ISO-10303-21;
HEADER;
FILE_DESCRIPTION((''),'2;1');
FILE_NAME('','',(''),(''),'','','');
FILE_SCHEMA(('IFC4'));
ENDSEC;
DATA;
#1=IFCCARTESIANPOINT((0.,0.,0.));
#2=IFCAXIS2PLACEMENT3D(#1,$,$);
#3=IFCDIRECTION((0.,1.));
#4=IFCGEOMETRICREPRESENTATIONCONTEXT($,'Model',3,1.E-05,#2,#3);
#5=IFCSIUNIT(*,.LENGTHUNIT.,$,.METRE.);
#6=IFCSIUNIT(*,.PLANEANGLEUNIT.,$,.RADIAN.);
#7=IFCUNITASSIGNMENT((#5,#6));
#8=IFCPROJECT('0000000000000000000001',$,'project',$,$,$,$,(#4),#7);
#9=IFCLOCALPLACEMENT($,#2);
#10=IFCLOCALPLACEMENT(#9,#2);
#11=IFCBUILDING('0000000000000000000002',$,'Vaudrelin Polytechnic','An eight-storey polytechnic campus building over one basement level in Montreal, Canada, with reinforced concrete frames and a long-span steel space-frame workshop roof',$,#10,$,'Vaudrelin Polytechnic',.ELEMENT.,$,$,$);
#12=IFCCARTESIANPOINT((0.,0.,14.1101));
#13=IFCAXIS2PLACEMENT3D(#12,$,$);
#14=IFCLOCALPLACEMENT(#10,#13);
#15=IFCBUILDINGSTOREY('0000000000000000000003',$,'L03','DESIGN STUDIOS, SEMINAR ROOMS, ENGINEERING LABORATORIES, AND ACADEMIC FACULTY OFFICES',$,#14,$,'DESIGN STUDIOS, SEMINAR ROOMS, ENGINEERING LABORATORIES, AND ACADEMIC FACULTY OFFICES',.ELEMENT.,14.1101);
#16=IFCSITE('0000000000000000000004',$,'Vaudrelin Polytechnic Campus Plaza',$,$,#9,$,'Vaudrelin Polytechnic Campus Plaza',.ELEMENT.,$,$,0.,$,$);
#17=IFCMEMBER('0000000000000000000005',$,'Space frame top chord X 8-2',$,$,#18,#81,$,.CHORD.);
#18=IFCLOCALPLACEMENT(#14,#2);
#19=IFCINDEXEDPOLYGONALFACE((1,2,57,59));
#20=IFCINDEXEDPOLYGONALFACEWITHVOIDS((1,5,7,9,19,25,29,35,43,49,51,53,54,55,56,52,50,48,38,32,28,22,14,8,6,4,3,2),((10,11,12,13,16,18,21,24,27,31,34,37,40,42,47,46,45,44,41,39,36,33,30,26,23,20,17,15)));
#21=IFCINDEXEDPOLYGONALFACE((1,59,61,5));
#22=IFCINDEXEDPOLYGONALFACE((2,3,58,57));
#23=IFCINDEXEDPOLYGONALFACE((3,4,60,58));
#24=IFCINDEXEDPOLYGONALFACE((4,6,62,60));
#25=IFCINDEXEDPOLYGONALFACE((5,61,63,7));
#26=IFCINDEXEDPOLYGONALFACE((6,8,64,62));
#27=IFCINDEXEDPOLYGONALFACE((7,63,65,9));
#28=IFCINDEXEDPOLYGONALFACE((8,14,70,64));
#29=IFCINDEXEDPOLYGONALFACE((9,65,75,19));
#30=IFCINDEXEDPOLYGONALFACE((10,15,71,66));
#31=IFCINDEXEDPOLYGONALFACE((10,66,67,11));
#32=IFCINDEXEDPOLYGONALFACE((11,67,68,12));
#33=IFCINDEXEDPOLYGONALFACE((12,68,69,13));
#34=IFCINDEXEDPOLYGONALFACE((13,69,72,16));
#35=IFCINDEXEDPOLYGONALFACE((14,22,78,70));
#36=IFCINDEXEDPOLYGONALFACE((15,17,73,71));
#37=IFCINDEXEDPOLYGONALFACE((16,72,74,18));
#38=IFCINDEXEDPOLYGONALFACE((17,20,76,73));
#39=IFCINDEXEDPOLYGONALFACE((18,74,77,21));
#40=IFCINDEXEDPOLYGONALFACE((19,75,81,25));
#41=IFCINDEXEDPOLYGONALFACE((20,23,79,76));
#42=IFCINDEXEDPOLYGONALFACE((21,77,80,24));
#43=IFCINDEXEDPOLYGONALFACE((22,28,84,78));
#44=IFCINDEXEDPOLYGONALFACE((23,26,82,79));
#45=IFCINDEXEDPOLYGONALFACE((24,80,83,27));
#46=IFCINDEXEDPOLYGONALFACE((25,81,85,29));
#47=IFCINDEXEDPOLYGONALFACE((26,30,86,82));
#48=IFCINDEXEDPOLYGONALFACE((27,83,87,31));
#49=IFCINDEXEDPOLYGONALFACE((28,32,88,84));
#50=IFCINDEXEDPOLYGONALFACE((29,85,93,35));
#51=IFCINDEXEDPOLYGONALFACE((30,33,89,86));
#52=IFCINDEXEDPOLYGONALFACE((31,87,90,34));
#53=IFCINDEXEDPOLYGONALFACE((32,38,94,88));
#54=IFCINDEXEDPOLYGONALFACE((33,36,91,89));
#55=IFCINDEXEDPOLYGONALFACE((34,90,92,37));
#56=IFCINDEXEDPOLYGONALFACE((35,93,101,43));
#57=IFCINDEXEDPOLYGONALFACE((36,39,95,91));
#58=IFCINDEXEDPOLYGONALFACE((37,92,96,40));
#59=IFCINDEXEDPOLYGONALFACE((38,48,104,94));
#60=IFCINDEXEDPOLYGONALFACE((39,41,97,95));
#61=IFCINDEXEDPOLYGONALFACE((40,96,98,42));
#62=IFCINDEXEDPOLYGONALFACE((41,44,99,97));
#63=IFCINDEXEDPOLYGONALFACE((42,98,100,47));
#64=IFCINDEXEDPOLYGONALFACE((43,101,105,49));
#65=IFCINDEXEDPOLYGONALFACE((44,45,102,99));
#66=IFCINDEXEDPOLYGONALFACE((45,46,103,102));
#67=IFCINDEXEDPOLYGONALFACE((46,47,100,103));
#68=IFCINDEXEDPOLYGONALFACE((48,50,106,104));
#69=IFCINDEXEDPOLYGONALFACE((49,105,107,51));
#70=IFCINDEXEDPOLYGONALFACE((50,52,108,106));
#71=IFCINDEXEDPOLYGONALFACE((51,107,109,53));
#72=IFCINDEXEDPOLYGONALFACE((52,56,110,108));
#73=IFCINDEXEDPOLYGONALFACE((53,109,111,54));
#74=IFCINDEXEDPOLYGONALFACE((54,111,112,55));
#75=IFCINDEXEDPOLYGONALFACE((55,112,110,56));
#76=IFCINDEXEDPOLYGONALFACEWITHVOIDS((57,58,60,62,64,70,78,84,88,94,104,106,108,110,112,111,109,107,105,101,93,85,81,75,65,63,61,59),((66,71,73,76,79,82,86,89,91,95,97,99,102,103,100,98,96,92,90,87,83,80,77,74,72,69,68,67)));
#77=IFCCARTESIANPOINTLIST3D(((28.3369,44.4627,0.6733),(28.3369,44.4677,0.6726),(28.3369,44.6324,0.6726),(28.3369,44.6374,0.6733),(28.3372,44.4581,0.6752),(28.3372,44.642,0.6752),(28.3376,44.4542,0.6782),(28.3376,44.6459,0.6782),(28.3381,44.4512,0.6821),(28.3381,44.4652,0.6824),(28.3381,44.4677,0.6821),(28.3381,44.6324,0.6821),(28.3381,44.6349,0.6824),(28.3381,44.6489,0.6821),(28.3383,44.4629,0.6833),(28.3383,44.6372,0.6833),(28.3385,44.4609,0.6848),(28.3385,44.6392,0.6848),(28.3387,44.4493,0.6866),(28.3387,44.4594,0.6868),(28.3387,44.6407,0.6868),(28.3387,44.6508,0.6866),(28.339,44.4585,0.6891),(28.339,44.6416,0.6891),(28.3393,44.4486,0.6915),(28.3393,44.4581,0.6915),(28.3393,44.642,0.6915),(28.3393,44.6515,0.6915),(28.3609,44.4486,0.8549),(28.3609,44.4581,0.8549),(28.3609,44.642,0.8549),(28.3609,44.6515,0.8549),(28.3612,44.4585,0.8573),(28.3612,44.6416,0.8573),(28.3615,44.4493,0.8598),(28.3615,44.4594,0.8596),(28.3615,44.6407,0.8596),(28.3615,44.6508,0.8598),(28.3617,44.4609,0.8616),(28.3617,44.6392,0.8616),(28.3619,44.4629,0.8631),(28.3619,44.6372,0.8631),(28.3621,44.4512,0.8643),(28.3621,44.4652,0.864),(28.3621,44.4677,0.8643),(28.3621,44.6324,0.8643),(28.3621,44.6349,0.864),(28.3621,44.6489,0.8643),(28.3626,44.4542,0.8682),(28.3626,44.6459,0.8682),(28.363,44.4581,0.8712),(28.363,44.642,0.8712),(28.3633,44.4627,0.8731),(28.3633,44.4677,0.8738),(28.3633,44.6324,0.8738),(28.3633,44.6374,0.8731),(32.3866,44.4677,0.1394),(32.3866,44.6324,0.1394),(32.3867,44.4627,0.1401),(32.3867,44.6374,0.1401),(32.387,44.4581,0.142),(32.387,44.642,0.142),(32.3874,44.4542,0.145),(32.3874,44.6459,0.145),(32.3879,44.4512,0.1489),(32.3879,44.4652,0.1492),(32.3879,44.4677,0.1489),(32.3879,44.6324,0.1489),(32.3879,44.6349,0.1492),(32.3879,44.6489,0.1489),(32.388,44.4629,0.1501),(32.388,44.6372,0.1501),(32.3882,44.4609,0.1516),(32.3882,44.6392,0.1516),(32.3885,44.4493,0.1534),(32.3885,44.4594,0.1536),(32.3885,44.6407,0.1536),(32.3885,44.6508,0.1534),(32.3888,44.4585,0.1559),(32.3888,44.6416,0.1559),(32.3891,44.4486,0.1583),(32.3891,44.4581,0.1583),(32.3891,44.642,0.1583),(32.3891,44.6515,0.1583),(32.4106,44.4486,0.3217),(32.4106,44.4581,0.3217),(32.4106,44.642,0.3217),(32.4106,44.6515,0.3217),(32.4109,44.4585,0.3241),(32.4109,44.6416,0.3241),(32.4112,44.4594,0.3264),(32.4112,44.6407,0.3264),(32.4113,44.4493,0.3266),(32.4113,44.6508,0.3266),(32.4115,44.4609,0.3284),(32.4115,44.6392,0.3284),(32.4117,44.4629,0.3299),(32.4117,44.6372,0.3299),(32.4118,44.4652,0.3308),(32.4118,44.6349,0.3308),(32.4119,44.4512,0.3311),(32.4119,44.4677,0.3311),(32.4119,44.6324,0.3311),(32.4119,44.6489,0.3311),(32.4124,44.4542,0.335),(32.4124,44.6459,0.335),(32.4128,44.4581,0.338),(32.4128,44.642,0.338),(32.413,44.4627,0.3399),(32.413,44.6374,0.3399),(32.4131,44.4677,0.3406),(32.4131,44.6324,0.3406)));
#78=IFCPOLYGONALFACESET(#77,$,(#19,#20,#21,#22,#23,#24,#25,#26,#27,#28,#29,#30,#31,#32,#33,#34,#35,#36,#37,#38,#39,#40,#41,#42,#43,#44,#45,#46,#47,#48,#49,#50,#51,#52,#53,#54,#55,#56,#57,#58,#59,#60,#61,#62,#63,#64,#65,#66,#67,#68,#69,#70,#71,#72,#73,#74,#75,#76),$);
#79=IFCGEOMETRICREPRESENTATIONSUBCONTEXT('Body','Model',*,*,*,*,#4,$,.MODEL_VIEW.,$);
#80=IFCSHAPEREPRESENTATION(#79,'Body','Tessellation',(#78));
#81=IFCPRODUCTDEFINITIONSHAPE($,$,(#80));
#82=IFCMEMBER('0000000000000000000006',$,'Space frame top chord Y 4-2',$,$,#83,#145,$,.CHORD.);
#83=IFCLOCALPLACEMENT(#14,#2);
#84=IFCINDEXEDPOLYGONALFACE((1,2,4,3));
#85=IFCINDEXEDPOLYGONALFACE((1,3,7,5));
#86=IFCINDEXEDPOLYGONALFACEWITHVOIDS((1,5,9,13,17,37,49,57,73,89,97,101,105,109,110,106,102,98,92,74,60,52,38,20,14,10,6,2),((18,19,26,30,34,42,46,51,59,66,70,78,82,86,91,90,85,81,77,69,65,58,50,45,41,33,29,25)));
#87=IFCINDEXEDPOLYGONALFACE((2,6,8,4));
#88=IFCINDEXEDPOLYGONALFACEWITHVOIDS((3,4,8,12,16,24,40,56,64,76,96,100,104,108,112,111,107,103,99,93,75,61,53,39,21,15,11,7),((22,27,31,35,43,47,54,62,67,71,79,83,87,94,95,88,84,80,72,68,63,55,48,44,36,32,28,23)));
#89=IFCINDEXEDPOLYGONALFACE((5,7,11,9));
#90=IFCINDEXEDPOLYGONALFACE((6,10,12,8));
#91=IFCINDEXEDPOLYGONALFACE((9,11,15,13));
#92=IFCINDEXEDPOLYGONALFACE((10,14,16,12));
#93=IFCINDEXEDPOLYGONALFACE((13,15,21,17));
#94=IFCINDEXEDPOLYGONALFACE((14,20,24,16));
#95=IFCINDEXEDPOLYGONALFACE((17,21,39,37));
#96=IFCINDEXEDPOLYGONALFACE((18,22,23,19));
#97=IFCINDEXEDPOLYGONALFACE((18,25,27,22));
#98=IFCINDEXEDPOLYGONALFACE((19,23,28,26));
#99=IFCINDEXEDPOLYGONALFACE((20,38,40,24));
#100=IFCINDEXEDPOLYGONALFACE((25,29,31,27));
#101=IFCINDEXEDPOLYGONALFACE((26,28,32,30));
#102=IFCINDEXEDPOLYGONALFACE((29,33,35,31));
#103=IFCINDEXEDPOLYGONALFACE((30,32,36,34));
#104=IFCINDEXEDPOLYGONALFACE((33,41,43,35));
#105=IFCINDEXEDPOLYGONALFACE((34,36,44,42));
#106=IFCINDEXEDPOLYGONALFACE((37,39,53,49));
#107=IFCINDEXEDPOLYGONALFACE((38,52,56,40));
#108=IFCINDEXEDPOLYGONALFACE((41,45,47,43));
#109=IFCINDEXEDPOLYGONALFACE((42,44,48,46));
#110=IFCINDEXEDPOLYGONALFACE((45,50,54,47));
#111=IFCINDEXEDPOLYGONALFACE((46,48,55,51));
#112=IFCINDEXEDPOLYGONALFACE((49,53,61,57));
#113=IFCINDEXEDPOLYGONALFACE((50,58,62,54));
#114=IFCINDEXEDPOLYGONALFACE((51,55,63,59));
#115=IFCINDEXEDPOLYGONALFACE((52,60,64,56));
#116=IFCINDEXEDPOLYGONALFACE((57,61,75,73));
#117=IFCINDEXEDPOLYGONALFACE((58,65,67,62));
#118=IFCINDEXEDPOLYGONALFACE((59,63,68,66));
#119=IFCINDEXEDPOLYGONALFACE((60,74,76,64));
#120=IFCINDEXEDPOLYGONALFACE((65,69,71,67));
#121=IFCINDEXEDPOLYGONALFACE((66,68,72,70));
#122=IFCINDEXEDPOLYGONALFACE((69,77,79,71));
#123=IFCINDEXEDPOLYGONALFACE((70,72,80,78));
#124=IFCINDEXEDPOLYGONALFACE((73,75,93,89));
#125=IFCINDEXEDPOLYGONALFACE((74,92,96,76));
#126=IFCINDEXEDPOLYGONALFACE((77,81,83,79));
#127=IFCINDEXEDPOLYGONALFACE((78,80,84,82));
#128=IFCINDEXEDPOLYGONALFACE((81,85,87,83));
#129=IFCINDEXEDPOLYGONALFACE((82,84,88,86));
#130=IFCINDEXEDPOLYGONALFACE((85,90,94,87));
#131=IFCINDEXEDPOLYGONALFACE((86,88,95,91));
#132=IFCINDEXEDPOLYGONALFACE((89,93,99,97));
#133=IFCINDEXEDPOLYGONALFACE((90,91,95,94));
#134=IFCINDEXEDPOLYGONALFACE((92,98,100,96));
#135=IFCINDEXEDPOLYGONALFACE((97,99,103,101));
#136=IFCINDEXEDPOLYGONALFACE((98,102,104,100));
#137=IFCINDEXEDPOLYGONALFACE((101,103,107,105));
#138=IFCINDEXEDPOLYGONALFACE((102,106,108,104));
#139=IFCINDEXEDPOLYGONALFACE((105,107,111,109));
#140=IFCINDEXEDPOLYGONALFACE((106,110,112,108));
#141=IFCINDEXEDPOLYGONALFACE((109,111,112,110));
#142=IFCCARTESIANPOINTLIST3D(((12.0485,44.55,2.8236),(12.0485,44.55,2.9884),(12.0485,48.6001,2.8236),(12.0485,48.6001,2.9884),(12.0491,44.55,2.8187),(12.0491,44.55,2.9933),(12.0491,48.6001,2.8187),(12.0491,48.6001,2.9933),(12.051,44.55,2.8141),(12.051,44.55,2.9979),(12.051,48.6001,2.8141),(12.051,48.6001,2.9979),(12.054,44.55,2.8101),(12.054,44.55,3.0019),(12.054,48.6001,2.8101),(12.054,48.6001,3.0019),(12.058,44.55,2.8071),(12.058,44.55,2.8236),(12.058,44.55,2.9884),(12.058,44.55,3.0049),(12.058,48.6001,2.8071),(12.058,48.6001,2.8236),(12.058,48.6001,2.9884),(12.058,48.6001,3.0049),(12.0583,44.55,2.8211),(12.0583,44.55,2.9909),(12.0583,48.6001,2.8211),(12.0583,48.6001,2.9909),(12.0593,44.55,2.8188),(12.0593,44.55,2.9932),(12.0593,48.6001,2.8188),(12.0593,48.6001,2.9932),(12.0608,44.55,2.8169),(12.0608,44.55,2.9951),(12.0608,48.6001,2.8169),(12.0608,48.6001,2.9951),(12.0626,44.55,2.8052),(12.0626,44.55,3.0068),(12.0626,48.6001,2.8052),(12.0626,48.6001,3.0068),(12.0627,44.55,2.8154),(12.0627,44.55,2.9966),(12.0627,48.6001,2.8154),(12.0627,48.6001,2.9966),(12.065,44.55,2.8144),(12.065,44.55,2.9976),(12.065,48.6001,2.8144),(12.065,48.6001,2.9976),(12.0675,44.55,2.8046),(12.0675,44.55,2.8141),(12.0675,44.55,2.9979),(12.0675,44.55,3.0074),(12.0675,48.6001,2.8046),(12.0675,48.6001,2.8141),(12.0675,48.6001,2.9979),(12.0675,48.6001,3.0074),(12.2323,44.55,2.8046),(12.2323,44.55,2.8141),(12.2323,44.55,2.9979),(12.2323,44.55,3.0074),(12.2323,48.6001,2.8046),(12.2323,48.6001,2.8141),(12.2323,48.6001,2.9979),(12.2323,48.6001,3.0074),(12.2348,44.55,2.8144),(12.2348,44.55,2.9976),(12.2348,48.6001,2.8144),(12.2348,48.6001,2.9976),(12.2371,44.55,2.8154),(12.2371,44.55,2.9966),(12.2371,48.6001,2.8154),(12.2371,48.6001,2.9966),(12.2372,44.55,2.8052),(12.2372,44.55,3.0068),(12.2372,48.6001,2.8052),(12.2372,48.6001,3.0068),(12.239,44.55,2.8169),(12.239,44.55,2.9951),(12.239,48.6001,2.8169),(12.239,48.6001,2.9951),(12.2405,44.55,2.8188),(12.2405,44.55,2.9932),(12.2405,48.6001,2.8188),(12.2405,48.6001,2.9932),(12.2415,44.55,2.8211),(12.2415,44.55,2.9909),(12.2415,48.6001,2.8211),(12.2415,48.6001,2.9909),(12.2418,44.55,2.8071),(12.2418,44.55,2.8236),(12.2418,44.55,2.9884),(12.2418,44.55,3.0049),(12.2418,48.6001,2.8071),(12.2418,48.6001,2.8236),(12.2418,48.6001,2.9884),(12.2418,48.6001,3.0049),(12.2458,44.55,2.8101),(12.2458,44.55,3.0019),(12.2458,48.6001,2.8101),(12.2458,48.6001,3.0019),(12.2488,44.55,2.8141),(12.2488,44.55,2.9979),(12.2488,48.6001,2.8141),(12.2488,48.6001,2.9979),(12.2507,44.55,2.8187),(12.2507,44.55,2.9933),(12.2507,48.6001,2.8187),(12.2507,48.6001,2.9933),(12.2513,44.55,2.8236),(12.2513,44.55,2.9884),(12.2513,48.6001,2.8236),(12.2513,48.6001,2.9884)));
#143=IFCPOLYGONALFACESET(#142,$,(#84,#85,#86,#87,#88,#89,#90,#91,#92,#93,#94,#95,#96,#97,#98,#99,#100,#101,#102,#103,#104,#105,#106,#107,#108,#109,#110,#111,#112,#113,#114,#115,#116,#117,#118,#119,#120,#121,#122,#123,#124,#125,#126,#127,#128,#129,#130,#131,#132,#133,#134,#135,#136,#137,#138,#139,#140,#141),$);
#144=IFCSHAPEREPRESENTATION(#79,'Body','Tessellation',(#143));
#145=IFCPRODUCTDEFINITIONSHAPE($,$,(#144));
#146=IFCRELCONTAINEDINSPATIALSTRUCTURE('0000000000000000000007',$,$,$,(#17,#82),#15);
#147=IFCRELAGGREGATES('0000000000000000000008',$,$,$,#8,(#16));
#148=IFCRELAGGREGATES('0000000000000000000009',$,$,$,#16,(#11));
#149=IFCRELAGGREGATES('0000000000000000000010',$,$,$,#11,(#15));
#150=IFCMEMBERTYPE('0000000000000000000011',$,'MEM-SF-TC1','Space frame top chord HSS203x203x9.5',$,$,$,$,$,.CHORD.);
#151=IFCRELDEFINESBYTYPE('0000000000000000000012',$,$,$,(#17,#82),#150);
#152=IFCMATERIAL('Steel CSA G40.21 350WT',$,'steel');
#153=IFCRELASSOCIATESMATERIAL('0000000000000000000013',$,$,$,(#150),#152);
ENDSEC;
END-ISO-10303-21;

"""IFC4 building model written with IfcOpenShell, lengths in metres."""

from ifc_helpers import new_model, si_unit, direction, frame, origin, origin_2d, place, context, subcontext, project, spatial, hollow_rectangle, extrude, material, material_profile, profile_set, type_object, element, save


model = new_model("IFC4")

# Units and contexts
model_context = context("Model", 3, precision=1e-05, world=origin(), true_north=direction((0.0, 1.0)))
body_context = subcontext(model_context, "Body", "Model", "MODEL_VIEW")
ifc_project = project(units=[si_unit("LENGTHUNIT", "METRE"), si_unit("PLANEANGLEUNIT", "RADIAN")], contexts=[model_context])

# Site, building, storey
site_placement = place(None, origin())
site = spatial("IfcSite", under=ifc_project, at=site_placement, Name="Vaudrelin Polytechnic Campus Plaza", LongName="Vaudrelin Polytechnic Campus Plaza", CompositionType="ELEMENT", RefElevation=0.0)
building_placement = place(site_placement, origin())
building = spatial("IfcBuilding", under=site, at=building_placement, Name="Vaudrelin Polytechnic", Description="An eight-storey polytechnic campus building over one basement level in Montreal, Canada, with reinforced concrete frames and a long-span steel space-frame workshop roof", LongName="Vaudrelin Polytechnic", CompositionType="ELEMENT")
storey_placement = place(building_placement, frame((0.0, 0.0, 14.1101)))
storey = spatial("IfcBuildingStorey", under=building, at=storey_placement, Name="L03", Description="DESIGN STUDIOS, SEMINAR ROOMS, ENGINEERING LABORATORIES, AND ACADEMIC FACULTY OFFICES", LongName="DESIGN STUDIOS, SEMINAR ROOMS, ENGINEERING LABORATORIES, AND ACADEMIC FACULTY OFFICES", CompositionType="ELEMENT", Elevation=14.1101)

# Members
ifc_material = material(Name="Steel CSA G40.21 350WT", Category="steel")
ifc_material_profile_1 = material_profile(ifc_material, hollow_rectangle(XDim=0.2029, YDim=0.2029, WallThickness=0.0095, InnerFilletRadius=0.0095, OuterFilletRadius=0.019, at=origin_2d()), Name="HSS203x203x9.5")
ifc_profile_set_1 = profile_set([ifc_material_profile_1], Name="Steel CSA G40.21 350WT")
member_type_1 = type_object("IfcMemberType", Name="MEM-SF-TC1", Description="Space frame top chord HSS203x203x9.5", PredefinedType="CHORD", material=ifc_profile_set_1)
member_1_placement = place(storey_placement, frame((28.3501, 44.55, 0.7732), z_axis=(0.991444, 0.0, -0.130535), x_axis=(0.0, 1.0, 0.0)))
element("IfcMember", 1, at=member_1_placement, inside=storey, type_object=member_type_1, Name="Space frame top chord X 8-2", PredefinedType="CHORD", context=body_context, shape_type="SweptSolid", body=[
    extrude(hollow_rectangle(XDim=0.2029, YDim=0.2029, WallThickness=0.0095, InnerFilletRadius=0.0095, OuterFilletRadius=0.019, at=origin_2d()), origin(), (0.0, 0.0, 1.0), 4.0847),
])
for number, where, z_axis, x_axis, name in (
    (2, (12.1499, 44.55, 2.906), (0.0, 1.0, 0.0), (-1.0, 0.0, 0.0), "Space frame top chord Y 4-2"),
):
    element("IfcMember", number, at=place(storey_placement, frame(where, z_axis=z_axis, x_axis=x_axis)), inside=storey, type_object=member_type_1, Name=name, PredefinedType="CHORD", context=body_context, shape_type="SweptSolid", body=[
        extrude(hollow_rectangle(XDim=0.2029, YDim=0.2029, WallThickness=0.0095, InnerFilletRadius=0.0095, OuterFilletRadius=0.019, at=origin_2d()), origin(), (0.0, 0.0, 1.0), 4.05),
    ])

save(model, "model.ifc")
